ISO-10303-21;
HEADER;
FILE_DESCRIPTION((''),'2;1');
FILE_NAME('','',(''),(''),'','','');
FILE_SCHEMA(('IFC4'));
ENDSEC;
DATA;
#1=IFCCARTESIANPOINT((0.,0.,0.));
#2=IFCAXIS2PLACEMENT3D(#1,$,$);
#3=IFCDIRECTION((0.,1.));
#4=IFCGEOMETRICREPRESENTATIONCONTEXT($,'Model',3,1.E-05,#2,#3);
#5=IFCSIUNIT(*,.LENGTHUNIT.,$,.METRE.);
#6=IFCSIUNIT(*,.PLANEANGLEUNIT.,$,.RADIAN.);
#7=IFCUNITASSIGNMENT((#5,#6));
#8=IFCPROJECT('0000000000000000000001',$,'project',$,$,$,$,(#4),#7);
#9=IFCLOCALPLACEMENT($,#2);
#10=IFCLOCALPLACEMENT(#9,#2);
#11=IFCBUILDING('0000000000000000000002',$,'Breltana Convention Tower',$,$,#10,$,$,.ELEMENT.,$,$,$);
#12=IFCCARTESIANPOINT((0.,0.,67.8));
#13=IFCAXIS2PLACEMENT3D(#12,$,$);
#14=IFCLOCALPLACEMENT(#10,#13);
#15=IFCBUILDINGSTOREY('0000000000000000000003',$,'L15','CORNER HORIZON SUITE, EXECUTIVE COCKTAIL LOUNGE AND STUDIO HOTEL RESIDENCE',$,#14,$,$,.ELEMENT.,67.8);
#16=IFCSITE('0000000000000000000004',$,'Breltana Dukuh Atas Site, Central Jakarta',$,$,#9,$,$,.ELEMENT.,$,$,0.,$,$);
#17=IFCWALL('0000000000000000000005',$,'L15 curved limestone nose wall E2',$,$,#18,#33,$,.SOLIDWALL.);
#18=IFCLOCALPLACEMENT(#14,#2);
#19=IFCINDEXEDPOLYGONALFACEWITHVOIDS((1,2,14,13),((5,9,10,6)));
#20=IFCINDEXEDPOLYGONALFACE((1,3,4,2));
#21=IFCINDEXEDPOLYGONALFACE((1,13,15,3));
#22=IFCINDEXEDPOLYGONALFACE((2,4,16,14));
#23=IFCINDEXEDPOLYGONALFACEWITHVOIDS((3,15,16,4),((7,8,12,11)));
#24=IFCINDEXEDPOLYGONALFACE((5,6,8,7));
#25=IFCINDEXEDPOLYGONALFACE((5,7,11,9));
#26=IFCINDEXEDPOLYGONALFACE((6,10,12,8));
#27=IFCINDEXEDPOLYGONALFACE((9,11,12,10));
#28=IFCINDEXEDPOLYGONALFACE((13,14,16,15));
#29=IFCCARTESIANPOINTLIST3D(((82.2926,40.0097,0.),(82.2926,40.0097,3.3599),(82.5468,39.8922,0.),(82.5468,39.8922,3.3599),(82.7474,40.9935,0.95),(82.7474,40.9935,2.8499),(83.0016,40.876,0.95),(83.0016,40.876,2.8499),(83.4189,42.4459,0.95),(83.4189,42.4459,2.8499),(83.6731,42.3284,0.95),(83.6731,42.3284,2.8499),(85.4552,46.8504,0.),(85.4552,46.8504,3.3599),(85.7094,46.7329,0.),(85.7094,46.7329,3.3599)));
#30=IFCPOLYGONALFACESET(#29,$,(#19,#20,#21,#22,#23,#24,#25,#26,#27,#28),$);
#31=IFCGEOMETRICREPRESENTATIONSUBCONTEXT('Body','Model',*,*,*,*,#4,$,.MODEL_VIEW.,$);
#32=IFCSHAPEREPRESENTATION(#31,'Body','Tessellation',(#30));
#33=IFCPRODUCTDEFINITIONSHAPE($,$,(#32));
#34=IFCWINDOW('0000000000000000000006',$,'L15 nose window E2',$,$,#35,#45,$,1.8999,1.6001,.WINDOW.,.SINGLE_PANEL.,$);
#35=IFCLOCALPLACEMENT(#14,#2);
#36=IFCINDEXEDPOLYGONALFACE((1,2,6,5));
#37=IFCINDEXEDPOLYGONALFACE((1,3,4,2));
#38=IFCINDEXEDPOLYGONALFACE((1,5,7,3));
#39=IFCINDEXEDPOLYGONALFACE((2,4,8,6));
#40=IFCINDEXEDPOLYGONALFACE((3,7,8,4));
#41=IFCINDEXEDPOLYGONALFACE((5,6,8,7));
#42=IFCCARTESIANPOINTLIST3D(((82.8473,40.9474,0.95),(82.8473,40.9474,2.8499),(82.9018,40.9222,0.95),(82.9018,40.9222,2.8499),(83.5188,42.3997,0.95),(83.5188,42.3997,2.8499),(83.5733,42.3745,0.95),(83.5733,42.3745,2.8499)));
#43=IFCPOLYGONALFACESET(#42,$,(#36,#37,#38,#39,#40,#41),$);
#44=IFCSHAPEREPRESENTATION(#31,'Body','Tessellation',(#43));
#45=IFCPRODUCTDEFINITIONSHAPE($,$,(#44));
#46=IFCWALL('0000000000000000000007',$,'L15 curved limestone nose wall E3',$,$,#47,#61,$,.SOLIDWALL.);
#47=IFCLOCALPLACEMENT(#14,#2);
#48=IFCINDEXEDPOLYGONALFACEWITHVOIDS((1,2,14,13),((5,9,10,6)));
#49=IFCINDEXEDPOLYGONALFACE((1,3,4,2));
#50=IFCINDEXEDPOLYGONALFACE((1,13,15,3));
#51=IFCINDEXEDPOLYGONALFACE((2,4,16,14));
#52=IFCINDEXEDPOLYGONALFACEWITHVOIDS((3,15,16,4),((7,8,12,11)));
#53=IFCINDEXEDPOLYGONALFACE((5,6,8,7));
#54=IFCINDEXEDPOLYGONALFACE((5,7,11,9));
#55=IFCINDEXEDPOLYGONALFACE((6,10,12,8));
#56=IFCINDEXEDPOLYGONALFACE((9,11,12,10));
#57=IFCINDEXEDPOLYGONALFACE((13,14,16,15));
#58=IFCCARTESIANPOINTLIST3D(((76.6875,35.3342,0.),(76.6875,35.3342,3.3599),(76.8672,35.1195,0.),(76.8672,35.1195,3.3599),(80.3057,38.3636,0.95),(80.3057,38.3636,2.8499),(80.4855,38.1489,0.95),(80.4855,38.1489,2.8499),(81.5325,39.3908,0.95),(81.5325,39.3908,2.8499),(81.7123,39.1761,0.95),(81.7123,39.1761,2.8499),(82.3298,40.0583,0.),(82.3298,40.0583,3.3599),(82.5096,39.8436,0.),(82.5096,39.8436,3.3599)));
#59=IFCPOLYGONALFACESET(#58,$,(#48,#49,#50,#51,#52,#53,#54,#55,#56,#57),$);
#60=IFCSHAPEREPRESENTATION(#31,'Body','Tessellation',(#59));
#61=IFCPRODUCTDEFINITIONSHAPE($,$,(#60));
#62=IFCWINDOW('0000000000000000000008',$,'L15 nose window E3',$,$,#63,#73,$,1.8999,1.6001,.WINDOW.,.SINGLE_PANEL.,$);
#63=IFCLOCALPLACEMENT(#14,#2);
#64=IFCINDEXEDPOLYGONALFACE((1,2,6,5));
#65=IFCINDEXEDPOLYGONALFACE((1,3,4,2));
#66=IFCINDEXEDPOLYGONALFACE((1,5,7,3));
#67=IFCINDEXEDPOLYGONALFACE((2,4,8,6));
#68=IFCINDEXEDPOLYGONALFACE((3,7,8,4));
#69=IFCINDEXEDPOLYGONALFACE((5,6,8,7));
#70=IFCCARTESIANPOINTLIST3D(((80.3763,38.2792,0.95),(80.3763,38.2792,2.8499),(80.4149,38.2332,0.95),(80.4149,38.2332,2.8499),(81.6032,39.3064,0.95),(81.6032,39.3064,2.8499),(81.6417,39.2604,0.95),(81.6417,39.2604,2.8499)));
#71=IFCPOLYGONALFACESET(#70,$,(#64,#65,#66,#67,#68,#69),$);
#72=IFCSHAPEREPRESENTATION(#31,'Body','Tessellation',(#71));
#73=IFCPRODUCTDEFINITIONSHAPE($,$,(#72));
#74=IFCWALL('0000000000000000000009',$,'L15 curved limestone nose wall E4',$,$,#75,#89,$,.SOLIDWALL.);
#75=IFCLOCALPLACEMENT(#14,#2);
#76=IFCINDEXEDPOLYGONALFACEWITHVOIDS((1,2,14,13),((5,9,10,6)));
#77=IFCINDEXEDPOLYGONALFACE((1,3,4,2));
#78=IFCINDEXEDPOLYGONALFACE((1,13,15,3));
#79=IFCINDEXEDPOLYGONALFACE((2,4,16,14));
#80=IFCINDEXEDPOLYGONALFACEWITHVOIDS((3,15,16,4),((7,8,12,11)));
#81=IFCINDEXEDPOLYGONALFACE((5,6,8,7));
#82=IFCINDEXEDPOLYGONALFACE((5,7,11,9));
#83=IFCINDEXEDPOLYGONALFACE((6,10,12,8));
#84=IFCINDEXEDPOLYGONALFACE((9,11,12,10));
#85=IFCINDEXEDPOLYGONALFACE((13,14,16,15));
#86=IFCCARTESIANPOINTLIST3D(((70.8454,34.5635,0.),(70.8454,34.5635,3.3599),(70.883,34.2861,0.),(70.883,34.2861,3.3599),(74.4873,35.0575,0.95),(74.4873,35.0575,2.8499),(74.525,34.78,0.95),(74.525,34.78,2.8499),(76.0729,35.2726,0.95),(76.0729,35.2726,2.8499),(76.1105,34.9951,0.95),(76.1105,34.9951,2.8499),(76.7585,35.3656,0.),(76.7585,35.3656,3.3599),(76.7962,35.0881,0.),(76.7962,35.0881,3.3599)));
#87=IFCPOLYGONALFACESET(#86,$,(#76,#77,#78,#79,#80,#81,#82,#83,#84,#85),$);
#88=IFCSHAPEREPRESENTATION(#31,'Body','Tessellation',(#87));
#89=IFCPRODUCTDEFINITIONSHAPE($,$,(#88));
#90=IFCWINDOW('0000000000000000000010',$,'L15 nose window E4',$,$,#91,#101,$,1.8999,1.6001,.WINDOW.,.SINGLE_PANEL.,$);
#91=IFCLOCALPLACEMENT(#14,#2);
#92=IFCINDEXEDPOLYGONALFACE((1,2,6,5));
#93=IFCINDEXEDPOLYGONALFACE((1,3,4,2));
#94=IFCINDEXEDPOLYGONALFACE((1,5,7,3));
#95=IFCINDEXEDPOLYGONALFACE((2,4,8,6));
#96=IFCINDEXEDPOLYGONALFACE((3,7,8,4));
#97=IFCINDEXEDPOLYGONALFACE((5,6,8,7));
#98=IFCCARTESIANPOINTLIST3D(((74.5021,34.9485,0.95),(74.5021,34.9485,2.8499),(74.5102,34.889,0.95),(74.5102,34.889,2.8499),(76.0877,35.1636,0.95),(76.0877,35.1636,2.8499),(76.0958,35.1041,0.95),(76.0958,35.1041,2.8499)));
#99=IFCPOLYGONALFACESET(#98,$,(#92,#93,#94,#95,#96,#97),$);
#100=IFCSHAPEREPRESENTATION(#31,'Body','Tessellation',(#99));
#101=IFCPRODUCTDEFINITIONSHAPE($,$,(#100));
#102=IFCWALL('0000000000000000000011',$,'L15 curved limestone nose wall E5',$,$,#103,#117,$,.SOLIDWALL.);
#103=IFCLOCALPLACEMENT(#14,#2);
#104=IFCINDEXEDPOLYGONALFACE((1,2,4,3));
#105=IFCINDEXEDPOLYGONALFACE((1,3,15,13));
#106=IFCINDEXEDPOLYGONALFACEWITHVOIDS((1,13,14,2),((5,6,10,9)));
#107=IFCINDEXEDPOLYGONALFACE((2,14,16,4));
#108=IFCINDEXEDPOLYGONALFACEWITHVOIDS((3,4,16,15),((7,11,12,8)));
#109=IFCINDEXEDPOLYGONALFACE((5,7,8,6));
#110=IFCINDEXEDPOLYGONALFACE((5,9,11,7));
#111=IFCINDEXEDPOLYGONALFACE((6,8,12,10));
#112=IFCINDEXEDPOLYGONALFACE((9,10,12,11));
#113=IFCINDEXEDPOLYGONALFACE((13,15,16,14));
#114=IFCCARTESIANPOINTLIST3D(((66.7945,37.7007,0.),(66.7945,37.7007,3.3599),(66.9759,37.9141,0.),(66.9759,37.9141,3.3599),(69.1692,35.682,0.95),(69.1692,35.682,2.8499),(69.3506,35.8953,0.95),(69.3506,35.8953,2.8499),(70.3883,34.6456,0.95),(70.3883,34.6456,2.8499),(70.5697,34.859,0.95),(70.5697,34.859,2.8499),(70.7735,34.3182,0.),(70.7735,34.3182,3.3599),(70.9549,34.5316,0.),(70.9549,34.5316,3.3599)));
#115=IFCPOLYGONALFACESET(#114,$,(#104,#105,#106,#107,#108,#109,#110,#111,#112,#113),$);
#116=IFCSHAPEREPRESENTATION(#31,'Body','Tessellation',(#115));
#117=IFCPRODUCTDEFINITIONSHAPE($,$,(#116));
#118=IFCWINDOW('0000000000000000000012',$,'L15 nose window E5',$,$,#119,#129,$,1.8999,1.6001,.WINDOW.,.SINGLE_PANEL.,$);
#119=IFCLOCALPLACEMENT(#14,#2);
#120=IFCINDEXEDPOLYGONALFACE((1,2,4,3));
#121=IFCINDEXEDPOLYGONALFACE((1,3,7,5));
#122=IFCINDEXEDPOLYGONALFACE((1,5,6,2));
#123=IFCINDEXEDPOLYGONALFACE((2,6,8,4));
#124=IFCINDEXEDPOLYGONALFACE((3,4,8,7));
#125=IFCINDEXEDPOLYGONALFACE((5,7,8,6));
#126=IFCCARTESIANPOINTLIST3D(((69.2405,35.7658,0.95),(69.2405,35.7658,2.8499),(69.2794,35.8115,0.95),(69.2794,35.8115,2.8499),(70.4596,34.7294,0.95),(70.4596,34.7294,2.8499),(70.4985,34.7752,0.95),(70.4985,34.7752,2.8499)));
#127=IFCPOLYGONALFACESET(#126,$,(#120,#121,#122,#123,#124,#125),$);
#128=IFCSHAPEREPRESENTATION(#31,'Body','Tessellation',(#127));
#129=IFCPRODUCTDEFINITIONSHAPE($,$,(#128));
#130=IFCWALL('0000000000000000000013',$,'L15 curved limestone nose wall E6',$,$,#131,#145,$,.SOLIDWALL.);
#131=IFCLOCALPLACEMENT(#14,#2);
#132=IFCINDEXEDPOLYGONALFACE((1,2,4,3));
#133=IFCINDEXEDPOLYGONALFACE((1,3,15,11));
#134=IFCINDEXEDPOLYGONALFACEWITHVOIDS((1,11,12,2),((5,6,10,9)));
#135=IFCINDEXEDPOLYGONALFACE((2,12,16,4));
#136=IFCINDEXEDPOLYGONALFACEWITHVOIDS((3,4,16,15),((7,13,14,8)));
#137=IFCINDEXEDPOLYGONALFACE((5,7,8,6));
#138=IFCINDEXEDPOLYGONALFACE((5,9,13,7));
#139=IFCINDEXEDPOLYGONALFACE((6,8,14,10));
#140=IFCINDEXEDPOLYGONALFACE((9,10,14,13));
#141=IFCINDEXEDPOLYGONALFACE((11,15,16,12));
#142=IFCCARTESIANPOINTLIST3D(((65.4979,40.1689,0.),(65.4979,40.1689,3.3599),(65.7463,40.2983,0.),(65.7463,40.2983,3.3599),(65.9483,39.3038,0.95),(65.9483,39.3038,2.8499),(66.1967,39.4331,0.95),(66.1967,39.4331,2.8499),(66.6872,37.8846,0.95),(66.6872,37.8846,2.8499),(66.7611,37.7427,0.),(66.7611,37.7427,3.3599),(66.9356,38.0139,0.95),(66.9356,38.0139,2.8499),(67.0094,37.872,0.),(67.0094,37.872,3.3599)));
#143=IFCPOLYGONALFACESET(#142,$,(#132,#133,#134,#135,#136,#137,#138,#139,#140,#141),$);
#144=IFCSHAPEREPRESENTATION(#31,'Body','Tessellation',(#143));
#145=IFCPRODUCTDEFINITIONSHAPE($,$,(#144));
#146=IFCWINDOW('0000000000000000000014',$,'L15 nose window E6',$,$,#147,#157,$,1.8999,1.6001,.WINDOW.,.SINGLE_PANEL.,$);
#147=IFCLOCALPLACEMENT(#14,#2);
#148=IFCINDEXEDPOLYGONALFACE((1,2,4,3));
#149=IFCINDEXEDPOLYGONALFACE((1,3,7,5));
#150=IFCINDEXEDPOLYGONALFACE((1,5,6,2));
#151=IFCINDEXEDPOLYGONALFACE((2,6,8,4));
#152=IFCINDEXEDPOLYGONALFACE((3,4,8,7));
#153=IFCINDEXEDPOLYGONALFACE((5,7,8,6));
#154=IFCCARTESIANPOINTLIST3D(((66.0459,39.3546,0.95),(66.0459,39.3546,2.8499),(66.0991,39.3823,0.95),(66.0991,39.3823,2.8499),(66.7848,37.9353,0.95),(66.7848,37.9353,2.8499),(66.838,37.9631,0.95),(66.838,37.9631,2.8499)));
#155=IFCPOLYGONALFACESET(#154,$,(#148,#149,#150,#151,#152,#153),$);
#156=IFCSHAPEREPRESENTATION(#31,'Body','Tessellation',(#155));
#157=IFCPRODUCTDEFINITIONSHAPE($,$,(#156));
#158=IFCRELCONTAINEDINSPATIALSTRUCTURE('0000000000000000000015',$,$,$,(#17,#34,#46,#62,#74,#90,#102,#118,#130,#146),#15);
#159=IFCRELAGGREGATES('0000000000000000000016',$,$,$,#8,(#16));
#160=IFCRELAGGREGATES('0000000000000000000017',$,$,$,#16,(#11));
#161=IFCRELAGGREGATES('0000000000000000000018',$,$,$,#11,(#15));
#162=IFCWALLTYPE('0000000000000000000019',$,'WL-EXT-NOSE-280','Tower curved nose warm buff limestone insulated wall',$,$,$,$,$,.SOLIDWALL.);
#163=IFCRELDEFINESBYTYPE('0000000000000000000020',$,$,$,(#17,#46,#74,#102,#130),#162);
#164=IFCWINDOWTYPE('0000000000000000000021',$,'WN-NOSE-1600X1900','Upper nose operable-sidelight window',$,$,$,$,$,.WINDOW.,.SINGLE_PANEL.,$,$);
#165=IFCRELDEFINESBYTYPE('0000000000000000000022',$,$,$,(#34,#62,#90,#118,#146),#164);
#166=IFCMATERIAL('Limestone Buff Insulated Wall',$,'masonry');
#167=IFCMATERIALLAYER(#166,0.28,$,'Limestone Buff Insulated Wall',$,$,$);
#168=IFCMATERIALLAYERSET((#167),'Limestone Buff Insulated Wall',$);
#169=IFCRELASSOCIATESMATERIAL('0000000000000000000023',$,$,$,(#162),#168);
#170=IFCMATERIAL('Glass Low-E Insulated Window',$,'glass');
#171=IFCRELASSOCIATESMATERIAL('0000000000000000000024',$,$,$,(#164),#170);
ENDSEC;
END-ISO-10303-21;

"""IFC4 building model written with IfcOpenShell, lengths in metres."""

from ifc_helpers import new_model, si_unit, direction, frame, frame_2d, origin, place, context, subcontext, project, spatial, rectangle, extrude, source, transform, mapped, material, layer, layer_set, type_object, type_shapes, element, fill, save


model = new_model("IFC4")

# Units and contexts
model_context = context("Model", 3, precision=1e-05, world=origin(), true_north=direction((0.0, 1.0)))
body_context = subcontext(model_context, "Body", "Model", "MODEL_VIEW")
ifc_project = project(units=[si_unit("LENGTHUNIT", "METRE"), si_unit("PLANEANGLEUNIT", "RADIAN")], contexts=[model_context])

# Site, building, storey
site_placement = place(None, origin())
site = spatial("IfcSite", under=ifc_project, at=site_placement, Name="Breltana Dukuh Atas Site, Central Jakarta", CompositionType="ELEMENT", RefElevation=0.0)
building_placement = place(site_placement, origin())
building = spatial("IfcBuilding", under=site, at=building_placement, Name="Breltana Convention Tower", CompositionType="ELEMENT")
storey_placement = place(building_placement, frame((0.0, 0.0, 67.8)))
storey = spatial("IfcBuildingStorey", under=building, at=storey_placement, Name="L15", Description="CORNER HORIZON SUITE, EXECUTIVE COCKTAIL LOUNGE AND STUDIO HOTEL RESIDENCE", CompositionType="ELEMENT", Elevation=67.8)

# Walls, openings, windows
ifc_material_1 = material(Name="Limestone Buff Insulated Wall", Category="masonry")
ifc_layer_1 = layer(ifc_material_1, 0.28, Name="Limestone Buff Insulated Wall")
ifc_layer_set_1 = layer_set([ifc_layer_1], Name="Limestone Buff Insulated Wall")
wall_type_1 = type_object("IfcWallType", Name="WL-EXT-NOSE-280", Description="Tower curved nose warm buff limestone insulated wall", PredefinedType="SOLIDWALL", material=ifc_layer_set_1)
shared_shape_1 = source(origin(), body_context, "Body", "SweptSolid", [
    extrude(rectangle(XDim=7.5364, YDim=0.28, at=frame_2d((3.7681, 0.0))), origin(), (0.0, 0.0, 1.0), 3.3599),
])
wall_1_placement = place(storey_placement, frame((85.5823, 46.7915, 0.0), z_axis=(0.0, 0.0, 1.0), x_axis=(-0.41965, -0.907686, 0.0)))
wall_1 = element("IfcWall", 1, at=wall_1_placement, inside=storey, type_object=wall_type_1, Name="L15 curved limestone nose wall E2", PredefinedType="SOLIDWALL", context=body_context, shape_type="MappedRepresentation", body=[
    mapped(shared_shape_1, transform((0.0, 0.0, 0.0), scale=1.0)),
])
opening_1_placement = place(wall_1_placement, frame((4.8523, 0.0, 0.95)))
opening_1 = element("IfcOpeningElement", 2, at=opening_1_placement, cuts=wall_1, PredefinedType="OPENING", context=body_context, shape_type="SweptSolid", body=[
    extrude(rectangle(XDim=1.6001, YDim=1.8999, at=frame_2d((0.8, 0.95))), frame((0.0, 0.1499, 0.0), z_axis=(0.0, -1.0, 0.0), x_axis=(1.0, 0.0, 0.0)), (0.0, 0.0, 1.0), 0.3),
])
ifc_material_2 = material(Name="Glass Low-E Insulated Window", Category="glass")
window_type = type_object("IfcWindowType", Name="WN-NOSE-1600X1900", Description="Upper nose operable-sidelight window", PartitioningType="SINGLE_PANEL", PredefinedType="WINDOW", material=ifc_material_2)
shared_shape_2 = source(origin(), body_context, "Body", "SweptSolid", [
    extrude(rectangle(XDim=1.6001, YDim=1.8999, at=frame_2d((0.8, 0.95))), frame((0.0, 0.03, 0.0), z_axis=(0.0, -1.0, 0.0), x_axis=(1.0, 0.0, 0.0)), (0.0, 0.0, 1.0), 0.0601),
])
type_shapes(window_type, [shared_shape_2])
window_1_placement = place(opening_1_placement, origin())
window_1 = element("IfcWindow", 3, at=window_1_placement, inside=storey, type_object=window_type, Name="L15 nose window E2", OverallHeight=1.8999, OverallWidth=1.6001, PartitioningType="SINGLE_PANEL", PredefinedType="WINDOW", context=body_context, shape_type="MappedRepresentation", body=[
    mapped(shared_shape_2, transform((0.0, 0.0, 0.0), scale=1.0)),
])
fill(opening_1, window_1)
shared_shape_3 = source(origin(), body_context, "Body", "SweptSolid", [
    extrude(rectangle(XDim=7.3589, YDim=0.28, at=frame_2d((3.6794, 0.0))), origin(), (0.0, 0.0, 1.0), 3.3599),
])
wall_2_placement = place(storey_placement, frame((82.4197, 39.9509, 0.0), z_axis=(0.0, 0.0, 1.0), x_axis=(-0.766737, -0.641961, 0.0)))
wall_2 = element("IfcWall", 4, at=wall_2_placement, inside=storey, type_object=wall_type_1, Name="L15 curved limestone nose wall E3", PredefinedType="SOLIDWALL", context=body_context, shape_type="MappedRepresentation", body=[
    mapped(shared_shape_3, transform((0.0, 0.0, 0.0), scale=1.0)),
])
opening_2_placement = place(wall_2_placement, frame((1.0398, 0.0, 0.95)))
opening_2 = element("IfcOpeningElement", 5, at=opening_2_placement, cuts=wall_2, PredefinedType="OPENING", context=body_context, shape_type="SweptSolid", body=[
    extrude(rectangle(XDim=1.6001, YDim=1.8999, at=frame_2d((0.8, 0.95))), frame((0.0, 0.1499, 0.0), z_axis=(0.0, -1.0, 0.0), x_axis=(1.0, 0.0, 0.0)), (0.0, 0.0, 1.0), 0.3),
])
window_2_placement = place(opening_2_placement, origin())
window_2 = element("IfcWindow", 6, at=window_2_placement, inside=storey, type_object=window_type, Name="L15 nose window E3", OverallHeight=1.8999, OverallWidth=1.6001, PartitioningType="SINGLE_PANEL", PredefinedType="WINDOW", context=body_context, shape_type="MappedRepresentation", body=[
    mapped(shared_shape_2, transform((0.0, 0.0, 0.0), scale=1.0)),
])
fill(opening_2, window_2)
shared_shape_4 = source(origin(), body_context, "Body", "SweptSolid", [
    extrude(rectangle(XDim=5.9673, YDim=0.28, at=frame_2d((2.9836, 0.0))), origin(), (0.0, 0.0, 1.0), 3.3599),
])
wall_3_placement = place(storey_placement, frame((76.7773, 35.2268, 0.0), z_axis=(0.0, 0.0, 1.0), x_axis=(-0.990927, -0.134401, 0.0)))
wall_3 = element("IfcWall", 7, at=wall_3_placement, inside=storey, type_object=wall_type_1, Name="L15 curved limestone nose wall E4", PredefinedType="SOLIDWALL", context=body_context, shape_type="MappedRepresentation", body=[
    mapped(shared_shape_4, transform((0.0, 0.0, 0.0), scale=1.0)),
])
opening_3_placement = place(wall_3_placement, frame((0.6919, 0.0, 0.95)))
opening_3 = element("IfcOpeningElement", 8, at=opening_3_placement, cuts=wall_3, PredefinedType="OPENING", context=body_context, shape_type="SweptSolid", body=[
    extrude(rectangle(XDim=1.6001, YDim=1.8999, at=frame_2d((0.8, 0.95))), frame((0.0, 0.1499, 0.0), z_axis=(0.0, -1.0, 0.0), x_axis=(1.0, 0.0, 0.0)), (0.0, 0.0, 1.0), 0.3),
])
window_3_placement = place(opening_3_placement, origin())
window_3 = element("IfcWindow", 9, at=window_3_placement, inside=storey, type_object=window_type, Name="L15 nose window E4", OverallHeight=1.8999, OverallWidth=1.6001, PartitioningType="SINGLE_PANEL", PredefinedType="WINDOW", context=body_context, shape_type="MappedRepresentation", body=[
    mapped(shared_shape_2, transform((0.0, 0.0, 0.0), scale=1.0)),
])
fill(opening_3, window_3)
shared_shape_5 = source(origin(), body_context, "Body", "SweptSolid", [
    extrude(rectangle(XDim=5.2224, YDim=0.28, at=frame_2d((2.6113, 0.0))), origin(), (0.0, 0.0, 1.0), 3.3599),
])
wall_4_placement = place(storey_placement, frame((70.8643, 34.4248, 0.0), z_axis=(0.0, 0.0, 1.0), x_axis=(-0.7619, 0.647695, 0.0)))
wall_4 = element("IfcWall", 10, at=wall_4_placement, inside=storey, type_object=wall_type_1, Name="L15 curved limestone nose wall E5", PredefinedType="SOLIDWALL", context=body_context, shape_type="MappedRepresentation", body=[
    mapped(shared_shape_5, transform((0.0, 0.0, 0.0), scale=1.0)),
])
opening_4_placement = place(wall_4_placement, frame((0.5056, 0.0, 0.95)))
opening_4 = element("IfcOpeningElement", 11, at=opening_4_placement, cuts=wall_4, PredefinedType="OPENING", context=body_context, shape_type="SweptSolid", body=[
    extrude(rectangle(XDim=1.6001, YDim=1.8999, at=frame_2d((0.8, 0.95))), frame((0.0, 0.1499, 0.0), z_axis=(0.0, -1.0, 0.0), x_axis=(1.0, 0.0, 0.0)), (0.0, 0.0, 1.0), 0.3),
])
window_4_placement = place(opening_4_placement, origin())
window_4 = element("IfcWindow", 12, at=window_4_placement, inside=storey, type_object=window_type, Name="L15 nose window E5", OverallHeight=1.8999, OverallWidth=1.6001, PartitioningType="SINGLE_PANEL", PredefinedType="WINDOW", context=body_context, shape_type="MappedRepresentation", body=[
    mapped(shared_shape_2, transform((0.0, 0.0, 0.0), scale=1.0)),
])
fill(opening_4, window_4)
shared_shape_6 = source(origin(), body_context, "Body", "SweptSolid", [
    extrude(rectangle(XDim=2.7354, YDim=0.28, at=frame_2d((1.3677, 0.0))), origin(), (0.0, 0.0, 1.0), 3.3599),
])
wall_5_placement = place(storey_placement, frame((66.8853, 37.8074, 0.0), z_axis=(0.0, 0.0, 1.0), x_axis=(-0.461791, 0.886989, 0.0)))
wall_5 = element("IfcWall", 13, at=wall_5_placement, inside=storey, type_object=wall_type_1, Name="L15 curved limestone nose wall E6", PredefinedType="SOLIDWALL", context=body_context, shape_type="MappedRepresentation", body=[
    mapped(shared_shape_6, transform((0.0, 0.0, 0.0), scale=1.0)),
])
opening_5_placement = place(wall_5_placement, frame((0.1599, 0.0, 0.95)))
opening_5 = element("IfcOpeningElement", 14, at=opening_5_placement, cuts=wall_5, PredefinedType="OPENING", context=body_context, shape_type="SweptSolid", body=[
    extrude(rectangle(XDim=1.6001, YDim=1.8999, at=frame_2d((0.8, 0.95))), frame((0.0, 0.1499, 0.0), z_axis=(0.0, -1.0, 0.0), x_axis=(1.0, 0.0, 0.0)), (0.0, 0.0, 1.0), 0.3),
])
window_5_placement = place(opening_5_placement, origin())
window_5 = element("IfcWindow", 15, at=window_5_placement, inside=storey, type_object=window_type, Name="L15 nose window E6", OverallHeight=1.8999, OverallWidth=1.6001, PartitioningType="SINGLE_PANEL", PredefinedType="WINDOW", context=body_context, shape_type="MappedRepresentation", body=[
    mapped(shared_shape_2, transform((0.0, 0.0, 0.0), scale=1.0)),
])
fill(opening_5, window_5)

save(model, "model.ifc")
